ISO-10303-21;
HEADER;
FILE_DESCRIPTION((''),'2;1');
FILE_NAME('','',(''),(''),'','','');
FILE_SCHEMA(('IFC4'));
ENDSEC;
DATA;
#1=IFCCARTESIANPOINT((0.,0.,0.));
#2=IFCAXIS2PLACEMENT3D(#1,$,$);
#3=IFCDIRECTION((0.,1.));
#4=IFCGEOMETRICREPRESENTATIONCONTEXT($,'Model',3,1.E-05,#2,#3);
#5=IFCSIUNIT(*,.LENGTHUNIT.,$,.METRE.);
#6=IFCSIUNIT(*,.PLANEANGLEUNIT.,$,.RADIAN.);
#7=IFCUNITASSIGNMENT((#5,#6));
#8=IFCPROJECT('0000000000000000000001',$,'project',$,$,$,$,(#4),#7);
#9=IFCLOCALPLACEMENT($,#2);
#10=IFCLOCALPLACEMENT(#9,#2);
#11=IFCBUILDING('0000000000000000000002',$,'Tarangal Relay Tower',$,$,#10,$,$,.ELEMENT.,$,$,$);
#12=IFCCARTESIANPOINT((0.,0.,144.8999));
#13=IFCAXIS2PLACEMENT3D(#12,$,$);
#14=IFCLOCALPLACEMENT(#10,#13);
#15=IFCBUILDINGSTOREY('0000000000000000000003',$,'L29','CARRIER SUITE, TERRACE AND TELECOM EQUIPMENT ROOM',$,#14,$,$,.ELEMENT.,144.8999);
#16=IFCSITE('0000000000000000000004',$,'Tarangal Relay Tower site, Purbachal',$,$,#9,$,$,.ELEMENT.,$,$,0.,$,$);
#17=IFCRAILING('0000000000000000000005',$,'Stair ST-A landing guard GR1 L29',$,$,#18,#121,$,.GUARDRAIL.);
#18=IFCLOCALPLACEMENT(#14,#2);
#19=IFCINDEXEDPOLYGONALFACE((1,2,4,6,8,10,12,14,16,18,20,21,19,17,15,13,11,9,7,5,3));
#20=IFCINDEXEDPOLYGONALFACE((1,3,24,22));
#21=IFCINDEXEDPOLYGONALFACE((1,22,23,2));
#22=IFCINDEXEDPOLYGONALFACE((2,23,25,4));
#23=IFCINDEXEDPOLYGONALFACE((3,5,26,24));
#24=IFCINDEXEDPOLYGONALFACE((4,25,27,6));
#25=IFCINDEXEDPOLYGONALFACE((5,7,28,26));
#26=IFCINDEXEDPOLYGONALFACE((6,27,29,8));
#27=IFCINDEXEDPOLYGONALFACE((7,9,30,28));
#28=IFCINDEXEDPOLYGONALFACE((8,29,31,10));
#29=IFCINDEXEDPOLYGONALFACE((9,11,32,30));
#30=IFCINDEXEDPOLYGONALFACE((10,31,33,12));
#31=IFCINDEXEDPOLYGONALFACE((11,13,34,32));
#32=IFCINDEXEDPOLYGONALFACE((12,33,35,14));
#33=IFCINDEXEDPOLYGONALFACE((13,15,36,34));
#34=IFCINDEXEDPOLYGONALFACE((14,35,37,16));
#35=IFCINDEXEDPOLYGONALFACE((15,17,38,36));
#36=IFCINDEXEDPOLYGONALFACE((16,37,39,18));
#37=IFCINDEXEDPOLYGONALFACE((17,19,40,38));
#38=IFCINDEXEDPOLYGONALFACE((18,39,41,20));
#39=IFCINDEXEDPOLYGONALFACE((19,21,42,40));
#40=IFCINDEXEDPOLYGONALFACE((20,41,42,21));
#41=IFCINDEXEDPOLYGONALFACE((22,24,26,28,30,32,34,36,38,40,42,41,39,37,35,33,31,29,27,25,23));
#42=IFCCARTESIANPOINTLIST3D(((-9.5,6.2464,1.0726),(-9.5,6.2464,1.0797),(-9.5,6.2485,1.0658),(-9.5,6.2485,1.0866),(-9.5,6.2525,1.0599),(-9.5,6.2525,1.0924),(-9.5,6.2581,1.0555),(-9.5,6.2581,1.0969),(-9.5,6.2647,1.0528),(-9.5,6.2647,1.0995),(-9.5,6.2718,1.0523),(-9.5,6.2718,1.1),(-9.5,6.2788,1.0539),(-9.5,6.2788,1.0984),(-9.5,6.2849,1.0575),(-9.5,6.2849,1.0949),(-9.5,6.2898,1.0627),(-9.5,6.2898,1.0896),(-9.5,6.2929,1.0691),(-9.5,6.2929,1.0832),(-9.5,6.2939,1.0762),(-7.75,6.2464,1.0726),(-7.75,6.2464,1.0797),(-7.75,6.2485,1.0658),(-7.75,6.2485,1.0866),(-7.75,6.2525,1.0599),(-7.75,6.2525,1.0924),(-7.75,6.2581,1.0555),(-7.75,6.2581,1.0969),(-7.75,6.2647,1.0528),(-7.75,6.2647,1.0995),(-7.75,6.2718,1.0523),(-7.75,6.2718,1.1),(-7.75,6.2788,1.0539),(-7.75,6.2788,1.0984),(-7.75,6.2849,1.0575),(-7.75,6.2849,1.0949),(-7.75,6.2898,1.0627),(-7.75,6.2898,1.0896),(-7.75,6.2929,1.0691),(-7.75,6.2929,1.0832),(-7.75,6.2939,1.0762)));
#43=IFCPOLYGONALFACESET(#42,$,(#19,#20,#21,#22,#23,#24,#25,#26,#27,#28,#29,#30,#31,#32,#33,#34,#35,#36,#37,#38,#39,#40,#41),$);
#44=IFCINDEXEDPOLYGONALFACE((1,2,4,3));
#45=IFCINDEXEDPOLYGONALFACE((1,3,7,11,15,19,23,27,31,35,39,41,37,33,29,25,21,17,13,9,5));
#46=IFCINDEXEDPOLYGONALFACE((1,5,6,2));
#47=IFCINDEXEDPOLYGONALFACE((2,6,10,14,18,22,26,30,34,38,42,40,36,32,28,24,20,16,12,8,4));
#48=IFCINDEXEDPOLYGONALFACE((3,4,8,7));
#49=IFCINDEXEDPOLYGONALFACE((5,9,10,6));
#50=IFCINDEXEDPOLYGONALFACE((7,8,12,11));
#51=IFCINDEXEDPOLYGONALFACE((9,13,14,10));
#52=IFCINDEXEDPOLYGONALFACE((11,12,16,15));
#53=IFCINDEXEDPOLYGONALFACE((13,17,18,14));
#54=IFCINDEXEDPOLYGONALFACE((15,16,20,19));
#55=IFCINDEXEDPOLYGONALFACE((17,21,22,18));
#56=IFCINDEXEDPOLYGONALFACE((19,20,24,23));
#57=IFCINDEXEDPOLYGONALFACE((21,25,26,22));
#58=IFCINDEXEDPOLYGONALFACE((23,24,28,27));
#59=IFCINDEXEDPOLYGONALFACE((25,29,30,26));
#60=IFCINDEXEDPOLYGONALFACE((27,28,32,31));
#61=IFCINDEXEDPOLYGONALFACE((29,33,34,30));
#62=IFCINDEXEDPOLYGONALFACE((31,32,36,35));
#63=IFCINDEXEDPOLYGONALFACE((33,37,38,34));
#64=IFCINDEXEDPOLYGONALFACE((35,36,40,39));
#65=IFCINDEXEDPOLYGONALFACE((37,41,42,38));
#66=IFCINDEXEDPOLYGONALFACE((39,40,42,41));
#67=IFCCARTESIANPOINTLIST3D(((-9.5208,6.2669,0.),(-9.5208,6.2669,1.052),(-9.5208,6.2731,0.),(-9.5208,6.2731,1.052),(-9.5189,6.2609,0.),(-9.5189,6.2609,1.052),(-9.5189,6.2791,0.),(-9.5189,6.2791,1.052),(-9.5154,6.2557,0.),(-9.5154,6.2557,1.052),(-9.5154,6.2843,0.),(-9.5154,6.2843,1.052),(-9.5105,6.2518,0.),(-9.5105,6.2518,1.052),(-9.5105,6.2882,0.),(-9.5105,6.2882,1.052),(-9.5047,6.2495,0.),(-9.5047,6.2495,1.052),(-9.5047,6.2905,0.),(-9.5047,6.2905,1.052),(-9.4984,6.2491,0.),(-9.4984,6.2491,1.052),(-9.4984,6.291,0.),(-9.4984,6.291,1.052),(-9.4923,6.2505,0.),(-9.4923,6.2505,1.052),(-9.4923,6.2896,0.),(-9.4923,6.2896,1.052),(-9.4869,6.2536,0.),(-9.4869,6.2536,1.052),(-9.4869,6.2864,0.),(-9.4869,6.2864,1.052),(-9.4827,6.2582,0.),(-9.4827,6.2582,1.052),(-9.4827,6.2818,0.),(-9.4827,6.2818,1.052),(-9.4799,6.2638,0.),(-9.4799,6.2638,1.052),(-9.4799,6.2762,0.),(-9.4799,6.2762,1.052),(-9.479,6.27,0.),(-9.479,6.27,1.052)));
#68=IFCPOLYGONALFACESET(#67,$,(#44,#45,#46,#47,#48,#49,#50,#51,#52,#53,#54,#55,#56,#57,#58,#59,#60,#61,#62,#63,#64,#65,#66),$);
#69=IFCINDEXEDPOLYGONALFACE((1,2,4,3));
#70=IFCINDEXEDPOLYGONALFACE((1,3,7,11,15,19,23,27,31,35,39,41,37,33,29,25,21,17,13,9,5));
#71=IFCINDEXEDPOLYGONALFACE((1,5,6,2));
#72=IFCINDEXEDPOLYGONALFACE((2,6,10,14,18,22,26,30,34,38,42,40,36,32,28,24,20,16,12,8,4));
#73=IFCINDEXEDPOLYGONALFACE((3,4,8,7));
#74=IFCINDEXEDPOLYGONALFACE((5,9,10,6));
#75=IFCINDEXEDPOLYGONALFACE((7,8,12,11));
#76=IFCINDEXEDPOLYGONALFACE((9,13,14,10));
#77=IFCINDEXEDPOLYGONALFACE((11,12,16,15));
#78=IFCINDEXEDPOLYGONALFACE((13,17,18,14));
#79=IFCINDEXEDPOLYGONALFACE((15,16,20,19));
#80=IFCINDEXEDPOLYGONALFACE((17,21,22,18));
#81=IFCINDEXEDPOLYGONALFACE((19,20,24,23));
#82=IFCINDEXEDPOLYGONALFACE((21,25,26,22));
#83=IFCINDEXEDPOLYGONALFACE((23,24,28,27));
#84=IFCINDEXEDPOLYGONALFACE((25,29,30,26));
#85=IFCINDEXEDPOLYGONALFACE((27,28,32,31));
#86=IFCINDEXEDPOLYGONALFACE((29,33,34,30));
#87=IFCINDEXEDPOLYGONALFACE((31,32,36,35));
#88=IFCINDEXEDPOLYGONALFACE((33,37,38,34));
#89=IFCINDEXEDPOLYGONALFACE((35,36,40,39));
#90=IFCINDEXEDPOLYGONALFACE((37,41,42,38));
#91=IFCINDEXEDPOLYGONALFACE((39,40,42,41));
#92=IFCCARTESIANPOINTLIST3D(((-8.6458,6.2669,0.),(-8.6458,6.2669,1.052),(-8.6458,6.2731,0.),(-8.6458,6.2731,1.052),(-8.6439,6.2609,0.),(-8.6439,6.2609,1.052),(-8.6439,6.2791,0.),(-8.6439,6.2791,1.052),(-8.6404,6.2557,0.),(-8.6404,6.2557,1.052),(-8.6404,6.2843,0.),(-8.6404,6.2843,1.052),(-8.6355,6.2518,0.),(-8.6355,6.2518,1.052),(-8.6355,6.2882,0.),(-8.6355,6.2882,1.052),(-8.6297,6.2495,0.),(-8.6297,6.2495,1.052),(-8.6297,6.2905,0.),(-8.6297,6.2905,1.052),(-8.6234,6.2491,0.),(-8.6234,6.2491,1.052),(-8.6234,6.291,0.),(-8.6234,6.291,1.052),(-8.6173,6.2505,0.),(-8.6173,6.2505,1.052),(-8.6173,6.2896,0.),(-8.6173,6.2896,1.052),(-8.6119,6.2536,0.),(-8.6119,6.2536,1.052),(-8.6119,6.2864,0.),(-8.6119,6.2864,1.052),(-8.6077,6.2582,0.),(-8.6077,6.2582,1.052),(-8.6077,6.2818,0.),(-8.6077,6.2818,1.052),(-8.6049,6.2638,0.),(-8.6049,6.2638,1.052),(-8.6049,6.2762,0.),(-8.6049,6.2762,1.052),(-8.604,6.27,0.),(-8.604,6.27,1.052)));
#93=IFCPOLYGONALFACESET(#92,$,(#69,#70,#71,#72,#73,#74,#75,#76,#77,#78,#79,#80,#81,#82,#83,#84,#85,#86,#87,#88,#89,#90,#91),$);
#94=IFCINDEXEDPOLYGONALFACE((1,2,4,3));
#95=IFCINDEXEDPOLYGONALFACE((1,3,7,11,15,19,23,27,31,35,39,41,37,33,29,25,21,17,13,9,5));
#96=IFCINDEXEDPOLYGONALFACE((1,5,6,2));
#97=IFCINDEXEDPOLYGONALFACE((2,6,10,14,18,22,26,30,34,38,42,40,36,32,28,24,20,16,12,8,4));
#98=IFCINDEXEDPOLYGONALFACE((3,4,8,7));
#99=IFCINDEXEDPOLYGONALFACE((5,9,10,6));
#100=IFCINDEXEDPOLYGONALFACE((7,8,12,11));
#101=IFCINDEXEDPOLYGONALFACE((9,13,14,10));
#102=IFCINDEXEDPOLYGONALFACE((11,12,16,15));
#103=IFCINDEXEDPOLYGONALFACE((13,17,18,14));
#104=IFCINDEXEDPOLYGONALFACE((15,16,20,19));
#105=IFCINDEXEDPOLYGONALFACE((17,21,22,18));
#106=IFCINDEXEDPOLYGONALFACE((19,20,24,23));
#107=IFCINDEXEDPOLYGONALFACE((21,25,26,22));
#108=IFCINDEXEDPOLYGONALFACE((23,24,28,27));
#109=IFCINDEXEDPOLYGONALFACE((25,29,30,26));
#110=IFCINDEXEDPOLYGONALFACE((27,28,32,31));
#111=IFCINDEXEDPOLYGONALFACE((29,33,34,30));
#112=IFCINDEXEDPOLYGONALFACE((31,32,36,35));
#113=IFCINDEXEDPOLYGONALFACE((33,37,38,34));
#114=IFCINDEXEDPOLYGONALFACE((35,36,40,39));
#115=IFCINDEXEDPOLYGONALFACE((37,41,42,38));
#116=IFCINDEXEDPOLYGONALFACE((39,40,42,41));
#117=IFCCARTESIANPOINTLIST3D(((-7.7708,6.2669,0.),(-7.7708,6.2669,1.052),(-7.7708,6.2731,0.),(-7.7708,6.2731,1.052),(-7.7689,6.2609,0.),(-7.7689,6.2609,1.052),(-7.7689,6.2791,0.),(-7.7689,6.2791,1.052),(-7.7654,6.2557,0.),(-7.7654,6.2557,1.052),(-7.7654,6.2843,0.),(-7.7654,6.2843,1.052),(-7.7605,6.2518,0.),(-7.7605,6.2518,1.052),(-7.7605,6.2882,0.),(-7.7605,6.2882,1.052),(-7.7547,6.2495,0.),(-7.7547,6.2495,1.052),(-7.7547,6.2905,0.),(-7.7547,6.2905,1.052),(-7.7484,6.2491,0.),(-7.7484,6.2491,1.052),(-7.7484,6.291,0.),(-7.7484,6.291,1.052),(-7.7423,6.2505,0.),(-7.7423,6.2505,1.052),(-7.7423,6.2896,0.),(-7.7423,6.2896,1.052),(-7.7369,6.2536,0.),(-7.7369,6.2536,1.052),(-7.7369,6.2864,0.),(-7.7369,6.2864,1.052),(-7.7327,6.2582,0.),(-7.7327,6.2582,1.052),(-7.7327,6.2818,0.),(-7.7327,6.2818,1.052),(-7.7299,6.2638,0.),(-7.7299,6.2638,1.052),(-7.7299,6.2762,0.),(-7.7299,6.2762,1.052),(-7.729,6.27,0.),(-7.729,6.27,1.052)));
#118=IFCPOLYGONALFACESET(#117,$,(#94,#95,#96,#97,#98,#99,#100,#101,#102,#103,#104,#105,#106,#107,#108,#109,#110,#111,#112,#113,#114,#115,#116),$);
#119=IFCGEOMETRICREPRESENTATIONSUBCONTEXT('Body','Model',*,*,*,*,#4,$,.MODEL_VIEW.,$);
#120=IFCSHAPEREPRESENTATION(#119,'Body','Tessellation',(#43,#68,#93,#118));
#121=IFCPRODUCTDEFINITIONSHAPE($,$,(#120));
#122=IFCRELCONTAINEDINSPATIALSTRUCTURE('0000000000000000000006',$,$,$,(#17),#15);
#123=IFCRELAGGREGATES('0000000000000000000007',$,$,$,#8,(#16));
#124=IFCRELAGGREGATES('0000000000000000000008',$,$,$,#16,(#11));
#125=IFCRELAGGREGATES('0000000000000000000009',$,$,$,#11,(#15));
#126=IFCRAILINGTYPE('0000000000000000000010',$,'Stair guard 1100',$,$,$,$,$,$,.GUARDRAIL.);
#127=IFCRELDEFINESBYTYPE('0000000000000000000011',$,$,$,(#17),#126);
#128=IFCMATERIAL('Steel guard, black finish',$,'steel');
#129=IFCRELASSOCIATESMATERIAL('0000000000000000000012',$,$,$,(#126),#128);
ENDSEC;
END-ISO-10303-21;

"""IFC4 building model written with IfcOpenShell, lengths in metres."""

from ifc_helpers import new_model, si_unit, direction, frame, origin, origin_2d, place, context, subcontext, project, spatial, circle, extrude, material, type_object, element, save


model = new_model("IFC4")

# Units and contexts
model_context = context("Model", 3, precision=1e-05, world=origin(), true_north=direction((0.0, 1.0)))
body_context = subcontext(model_context, "Body", "Model", "MODEL_VIEW")
ifc_project = project(units=[si_unit("LENGTHUNIT", "METRE"), si_unit("PLANEANGLEUNIT", "RADIAN")], contexts=[model_context])

# Site, building, storey
site_placement = place(None, origin())
site = spatial("IfcSite", under=ifc_project, at=site_placement, Name="Tarangal Relay Tower site, Purbachal", CompositionType="ELEMENT", RefElevation=0.0)
building_placement = place(site_placement, origin())
building = spatial("IfcBuilding", under=site, at=building_placement, Name="Tarangal Relay Tower", CompositionType="ELEMENT")
storey_placement = place(building_placement, frame((0.0, 0.0, 144.8999)))
storey = spatial("IfcBuildingStorey", under=building, at=storey_placement, Name="L29", Description="CARRIER SUITE, TERRACE AND TELECOM EQUIPMENT ROOM", CompositionType="ELEMENT", Elevation=144.8999)

# Railing
ifc_material_1 = material(Name="Steel guard, black finish", Category="steel")
railing_type = type_object("IfcRailingType", Name="Stair guard 1100", PredefinedType="GUARDRAIL", material=ifc_material_1)
railing_1_placement = place(storey_placement, frame((-9.5, 6.27, 0.0)))
element("IfcRailing", 1, at=railing_1_placement, inside=storey, type_object=railing_type, Name="Stair ST-A landing guard GR1 L29", PredefinedType="GUARDRAIL", context=body_context, shape_type="SweptSolid", body=[
    extrude(circle(Radius=0.0239, at=origin_2d()), frame((0.0, 0.0, 1.0762), z_axis=(1.0, 0.0, 0.0), x_axis=(0.0, 1.0, 0.0)), (0.0, 0.0, 1.0), 1.75),
    extrude(circle(Radius=0.021, at=origin_2d()), origin(), (0.0, 0.0, 1.0), 1.052),
    extrude(circle(Radius=0.021, at=origin_2d()), frame((0.875, 0.0, 0.0)), (0.0, 0.0, 1.0), 1.052),
    extrude(circle(Radius=0.021, at=origin_2d()), frame((1.75, 0.0, 0.0)), (0.0, 0.0, 1.0), 1.052),
])

save(model, "model.ifc")
